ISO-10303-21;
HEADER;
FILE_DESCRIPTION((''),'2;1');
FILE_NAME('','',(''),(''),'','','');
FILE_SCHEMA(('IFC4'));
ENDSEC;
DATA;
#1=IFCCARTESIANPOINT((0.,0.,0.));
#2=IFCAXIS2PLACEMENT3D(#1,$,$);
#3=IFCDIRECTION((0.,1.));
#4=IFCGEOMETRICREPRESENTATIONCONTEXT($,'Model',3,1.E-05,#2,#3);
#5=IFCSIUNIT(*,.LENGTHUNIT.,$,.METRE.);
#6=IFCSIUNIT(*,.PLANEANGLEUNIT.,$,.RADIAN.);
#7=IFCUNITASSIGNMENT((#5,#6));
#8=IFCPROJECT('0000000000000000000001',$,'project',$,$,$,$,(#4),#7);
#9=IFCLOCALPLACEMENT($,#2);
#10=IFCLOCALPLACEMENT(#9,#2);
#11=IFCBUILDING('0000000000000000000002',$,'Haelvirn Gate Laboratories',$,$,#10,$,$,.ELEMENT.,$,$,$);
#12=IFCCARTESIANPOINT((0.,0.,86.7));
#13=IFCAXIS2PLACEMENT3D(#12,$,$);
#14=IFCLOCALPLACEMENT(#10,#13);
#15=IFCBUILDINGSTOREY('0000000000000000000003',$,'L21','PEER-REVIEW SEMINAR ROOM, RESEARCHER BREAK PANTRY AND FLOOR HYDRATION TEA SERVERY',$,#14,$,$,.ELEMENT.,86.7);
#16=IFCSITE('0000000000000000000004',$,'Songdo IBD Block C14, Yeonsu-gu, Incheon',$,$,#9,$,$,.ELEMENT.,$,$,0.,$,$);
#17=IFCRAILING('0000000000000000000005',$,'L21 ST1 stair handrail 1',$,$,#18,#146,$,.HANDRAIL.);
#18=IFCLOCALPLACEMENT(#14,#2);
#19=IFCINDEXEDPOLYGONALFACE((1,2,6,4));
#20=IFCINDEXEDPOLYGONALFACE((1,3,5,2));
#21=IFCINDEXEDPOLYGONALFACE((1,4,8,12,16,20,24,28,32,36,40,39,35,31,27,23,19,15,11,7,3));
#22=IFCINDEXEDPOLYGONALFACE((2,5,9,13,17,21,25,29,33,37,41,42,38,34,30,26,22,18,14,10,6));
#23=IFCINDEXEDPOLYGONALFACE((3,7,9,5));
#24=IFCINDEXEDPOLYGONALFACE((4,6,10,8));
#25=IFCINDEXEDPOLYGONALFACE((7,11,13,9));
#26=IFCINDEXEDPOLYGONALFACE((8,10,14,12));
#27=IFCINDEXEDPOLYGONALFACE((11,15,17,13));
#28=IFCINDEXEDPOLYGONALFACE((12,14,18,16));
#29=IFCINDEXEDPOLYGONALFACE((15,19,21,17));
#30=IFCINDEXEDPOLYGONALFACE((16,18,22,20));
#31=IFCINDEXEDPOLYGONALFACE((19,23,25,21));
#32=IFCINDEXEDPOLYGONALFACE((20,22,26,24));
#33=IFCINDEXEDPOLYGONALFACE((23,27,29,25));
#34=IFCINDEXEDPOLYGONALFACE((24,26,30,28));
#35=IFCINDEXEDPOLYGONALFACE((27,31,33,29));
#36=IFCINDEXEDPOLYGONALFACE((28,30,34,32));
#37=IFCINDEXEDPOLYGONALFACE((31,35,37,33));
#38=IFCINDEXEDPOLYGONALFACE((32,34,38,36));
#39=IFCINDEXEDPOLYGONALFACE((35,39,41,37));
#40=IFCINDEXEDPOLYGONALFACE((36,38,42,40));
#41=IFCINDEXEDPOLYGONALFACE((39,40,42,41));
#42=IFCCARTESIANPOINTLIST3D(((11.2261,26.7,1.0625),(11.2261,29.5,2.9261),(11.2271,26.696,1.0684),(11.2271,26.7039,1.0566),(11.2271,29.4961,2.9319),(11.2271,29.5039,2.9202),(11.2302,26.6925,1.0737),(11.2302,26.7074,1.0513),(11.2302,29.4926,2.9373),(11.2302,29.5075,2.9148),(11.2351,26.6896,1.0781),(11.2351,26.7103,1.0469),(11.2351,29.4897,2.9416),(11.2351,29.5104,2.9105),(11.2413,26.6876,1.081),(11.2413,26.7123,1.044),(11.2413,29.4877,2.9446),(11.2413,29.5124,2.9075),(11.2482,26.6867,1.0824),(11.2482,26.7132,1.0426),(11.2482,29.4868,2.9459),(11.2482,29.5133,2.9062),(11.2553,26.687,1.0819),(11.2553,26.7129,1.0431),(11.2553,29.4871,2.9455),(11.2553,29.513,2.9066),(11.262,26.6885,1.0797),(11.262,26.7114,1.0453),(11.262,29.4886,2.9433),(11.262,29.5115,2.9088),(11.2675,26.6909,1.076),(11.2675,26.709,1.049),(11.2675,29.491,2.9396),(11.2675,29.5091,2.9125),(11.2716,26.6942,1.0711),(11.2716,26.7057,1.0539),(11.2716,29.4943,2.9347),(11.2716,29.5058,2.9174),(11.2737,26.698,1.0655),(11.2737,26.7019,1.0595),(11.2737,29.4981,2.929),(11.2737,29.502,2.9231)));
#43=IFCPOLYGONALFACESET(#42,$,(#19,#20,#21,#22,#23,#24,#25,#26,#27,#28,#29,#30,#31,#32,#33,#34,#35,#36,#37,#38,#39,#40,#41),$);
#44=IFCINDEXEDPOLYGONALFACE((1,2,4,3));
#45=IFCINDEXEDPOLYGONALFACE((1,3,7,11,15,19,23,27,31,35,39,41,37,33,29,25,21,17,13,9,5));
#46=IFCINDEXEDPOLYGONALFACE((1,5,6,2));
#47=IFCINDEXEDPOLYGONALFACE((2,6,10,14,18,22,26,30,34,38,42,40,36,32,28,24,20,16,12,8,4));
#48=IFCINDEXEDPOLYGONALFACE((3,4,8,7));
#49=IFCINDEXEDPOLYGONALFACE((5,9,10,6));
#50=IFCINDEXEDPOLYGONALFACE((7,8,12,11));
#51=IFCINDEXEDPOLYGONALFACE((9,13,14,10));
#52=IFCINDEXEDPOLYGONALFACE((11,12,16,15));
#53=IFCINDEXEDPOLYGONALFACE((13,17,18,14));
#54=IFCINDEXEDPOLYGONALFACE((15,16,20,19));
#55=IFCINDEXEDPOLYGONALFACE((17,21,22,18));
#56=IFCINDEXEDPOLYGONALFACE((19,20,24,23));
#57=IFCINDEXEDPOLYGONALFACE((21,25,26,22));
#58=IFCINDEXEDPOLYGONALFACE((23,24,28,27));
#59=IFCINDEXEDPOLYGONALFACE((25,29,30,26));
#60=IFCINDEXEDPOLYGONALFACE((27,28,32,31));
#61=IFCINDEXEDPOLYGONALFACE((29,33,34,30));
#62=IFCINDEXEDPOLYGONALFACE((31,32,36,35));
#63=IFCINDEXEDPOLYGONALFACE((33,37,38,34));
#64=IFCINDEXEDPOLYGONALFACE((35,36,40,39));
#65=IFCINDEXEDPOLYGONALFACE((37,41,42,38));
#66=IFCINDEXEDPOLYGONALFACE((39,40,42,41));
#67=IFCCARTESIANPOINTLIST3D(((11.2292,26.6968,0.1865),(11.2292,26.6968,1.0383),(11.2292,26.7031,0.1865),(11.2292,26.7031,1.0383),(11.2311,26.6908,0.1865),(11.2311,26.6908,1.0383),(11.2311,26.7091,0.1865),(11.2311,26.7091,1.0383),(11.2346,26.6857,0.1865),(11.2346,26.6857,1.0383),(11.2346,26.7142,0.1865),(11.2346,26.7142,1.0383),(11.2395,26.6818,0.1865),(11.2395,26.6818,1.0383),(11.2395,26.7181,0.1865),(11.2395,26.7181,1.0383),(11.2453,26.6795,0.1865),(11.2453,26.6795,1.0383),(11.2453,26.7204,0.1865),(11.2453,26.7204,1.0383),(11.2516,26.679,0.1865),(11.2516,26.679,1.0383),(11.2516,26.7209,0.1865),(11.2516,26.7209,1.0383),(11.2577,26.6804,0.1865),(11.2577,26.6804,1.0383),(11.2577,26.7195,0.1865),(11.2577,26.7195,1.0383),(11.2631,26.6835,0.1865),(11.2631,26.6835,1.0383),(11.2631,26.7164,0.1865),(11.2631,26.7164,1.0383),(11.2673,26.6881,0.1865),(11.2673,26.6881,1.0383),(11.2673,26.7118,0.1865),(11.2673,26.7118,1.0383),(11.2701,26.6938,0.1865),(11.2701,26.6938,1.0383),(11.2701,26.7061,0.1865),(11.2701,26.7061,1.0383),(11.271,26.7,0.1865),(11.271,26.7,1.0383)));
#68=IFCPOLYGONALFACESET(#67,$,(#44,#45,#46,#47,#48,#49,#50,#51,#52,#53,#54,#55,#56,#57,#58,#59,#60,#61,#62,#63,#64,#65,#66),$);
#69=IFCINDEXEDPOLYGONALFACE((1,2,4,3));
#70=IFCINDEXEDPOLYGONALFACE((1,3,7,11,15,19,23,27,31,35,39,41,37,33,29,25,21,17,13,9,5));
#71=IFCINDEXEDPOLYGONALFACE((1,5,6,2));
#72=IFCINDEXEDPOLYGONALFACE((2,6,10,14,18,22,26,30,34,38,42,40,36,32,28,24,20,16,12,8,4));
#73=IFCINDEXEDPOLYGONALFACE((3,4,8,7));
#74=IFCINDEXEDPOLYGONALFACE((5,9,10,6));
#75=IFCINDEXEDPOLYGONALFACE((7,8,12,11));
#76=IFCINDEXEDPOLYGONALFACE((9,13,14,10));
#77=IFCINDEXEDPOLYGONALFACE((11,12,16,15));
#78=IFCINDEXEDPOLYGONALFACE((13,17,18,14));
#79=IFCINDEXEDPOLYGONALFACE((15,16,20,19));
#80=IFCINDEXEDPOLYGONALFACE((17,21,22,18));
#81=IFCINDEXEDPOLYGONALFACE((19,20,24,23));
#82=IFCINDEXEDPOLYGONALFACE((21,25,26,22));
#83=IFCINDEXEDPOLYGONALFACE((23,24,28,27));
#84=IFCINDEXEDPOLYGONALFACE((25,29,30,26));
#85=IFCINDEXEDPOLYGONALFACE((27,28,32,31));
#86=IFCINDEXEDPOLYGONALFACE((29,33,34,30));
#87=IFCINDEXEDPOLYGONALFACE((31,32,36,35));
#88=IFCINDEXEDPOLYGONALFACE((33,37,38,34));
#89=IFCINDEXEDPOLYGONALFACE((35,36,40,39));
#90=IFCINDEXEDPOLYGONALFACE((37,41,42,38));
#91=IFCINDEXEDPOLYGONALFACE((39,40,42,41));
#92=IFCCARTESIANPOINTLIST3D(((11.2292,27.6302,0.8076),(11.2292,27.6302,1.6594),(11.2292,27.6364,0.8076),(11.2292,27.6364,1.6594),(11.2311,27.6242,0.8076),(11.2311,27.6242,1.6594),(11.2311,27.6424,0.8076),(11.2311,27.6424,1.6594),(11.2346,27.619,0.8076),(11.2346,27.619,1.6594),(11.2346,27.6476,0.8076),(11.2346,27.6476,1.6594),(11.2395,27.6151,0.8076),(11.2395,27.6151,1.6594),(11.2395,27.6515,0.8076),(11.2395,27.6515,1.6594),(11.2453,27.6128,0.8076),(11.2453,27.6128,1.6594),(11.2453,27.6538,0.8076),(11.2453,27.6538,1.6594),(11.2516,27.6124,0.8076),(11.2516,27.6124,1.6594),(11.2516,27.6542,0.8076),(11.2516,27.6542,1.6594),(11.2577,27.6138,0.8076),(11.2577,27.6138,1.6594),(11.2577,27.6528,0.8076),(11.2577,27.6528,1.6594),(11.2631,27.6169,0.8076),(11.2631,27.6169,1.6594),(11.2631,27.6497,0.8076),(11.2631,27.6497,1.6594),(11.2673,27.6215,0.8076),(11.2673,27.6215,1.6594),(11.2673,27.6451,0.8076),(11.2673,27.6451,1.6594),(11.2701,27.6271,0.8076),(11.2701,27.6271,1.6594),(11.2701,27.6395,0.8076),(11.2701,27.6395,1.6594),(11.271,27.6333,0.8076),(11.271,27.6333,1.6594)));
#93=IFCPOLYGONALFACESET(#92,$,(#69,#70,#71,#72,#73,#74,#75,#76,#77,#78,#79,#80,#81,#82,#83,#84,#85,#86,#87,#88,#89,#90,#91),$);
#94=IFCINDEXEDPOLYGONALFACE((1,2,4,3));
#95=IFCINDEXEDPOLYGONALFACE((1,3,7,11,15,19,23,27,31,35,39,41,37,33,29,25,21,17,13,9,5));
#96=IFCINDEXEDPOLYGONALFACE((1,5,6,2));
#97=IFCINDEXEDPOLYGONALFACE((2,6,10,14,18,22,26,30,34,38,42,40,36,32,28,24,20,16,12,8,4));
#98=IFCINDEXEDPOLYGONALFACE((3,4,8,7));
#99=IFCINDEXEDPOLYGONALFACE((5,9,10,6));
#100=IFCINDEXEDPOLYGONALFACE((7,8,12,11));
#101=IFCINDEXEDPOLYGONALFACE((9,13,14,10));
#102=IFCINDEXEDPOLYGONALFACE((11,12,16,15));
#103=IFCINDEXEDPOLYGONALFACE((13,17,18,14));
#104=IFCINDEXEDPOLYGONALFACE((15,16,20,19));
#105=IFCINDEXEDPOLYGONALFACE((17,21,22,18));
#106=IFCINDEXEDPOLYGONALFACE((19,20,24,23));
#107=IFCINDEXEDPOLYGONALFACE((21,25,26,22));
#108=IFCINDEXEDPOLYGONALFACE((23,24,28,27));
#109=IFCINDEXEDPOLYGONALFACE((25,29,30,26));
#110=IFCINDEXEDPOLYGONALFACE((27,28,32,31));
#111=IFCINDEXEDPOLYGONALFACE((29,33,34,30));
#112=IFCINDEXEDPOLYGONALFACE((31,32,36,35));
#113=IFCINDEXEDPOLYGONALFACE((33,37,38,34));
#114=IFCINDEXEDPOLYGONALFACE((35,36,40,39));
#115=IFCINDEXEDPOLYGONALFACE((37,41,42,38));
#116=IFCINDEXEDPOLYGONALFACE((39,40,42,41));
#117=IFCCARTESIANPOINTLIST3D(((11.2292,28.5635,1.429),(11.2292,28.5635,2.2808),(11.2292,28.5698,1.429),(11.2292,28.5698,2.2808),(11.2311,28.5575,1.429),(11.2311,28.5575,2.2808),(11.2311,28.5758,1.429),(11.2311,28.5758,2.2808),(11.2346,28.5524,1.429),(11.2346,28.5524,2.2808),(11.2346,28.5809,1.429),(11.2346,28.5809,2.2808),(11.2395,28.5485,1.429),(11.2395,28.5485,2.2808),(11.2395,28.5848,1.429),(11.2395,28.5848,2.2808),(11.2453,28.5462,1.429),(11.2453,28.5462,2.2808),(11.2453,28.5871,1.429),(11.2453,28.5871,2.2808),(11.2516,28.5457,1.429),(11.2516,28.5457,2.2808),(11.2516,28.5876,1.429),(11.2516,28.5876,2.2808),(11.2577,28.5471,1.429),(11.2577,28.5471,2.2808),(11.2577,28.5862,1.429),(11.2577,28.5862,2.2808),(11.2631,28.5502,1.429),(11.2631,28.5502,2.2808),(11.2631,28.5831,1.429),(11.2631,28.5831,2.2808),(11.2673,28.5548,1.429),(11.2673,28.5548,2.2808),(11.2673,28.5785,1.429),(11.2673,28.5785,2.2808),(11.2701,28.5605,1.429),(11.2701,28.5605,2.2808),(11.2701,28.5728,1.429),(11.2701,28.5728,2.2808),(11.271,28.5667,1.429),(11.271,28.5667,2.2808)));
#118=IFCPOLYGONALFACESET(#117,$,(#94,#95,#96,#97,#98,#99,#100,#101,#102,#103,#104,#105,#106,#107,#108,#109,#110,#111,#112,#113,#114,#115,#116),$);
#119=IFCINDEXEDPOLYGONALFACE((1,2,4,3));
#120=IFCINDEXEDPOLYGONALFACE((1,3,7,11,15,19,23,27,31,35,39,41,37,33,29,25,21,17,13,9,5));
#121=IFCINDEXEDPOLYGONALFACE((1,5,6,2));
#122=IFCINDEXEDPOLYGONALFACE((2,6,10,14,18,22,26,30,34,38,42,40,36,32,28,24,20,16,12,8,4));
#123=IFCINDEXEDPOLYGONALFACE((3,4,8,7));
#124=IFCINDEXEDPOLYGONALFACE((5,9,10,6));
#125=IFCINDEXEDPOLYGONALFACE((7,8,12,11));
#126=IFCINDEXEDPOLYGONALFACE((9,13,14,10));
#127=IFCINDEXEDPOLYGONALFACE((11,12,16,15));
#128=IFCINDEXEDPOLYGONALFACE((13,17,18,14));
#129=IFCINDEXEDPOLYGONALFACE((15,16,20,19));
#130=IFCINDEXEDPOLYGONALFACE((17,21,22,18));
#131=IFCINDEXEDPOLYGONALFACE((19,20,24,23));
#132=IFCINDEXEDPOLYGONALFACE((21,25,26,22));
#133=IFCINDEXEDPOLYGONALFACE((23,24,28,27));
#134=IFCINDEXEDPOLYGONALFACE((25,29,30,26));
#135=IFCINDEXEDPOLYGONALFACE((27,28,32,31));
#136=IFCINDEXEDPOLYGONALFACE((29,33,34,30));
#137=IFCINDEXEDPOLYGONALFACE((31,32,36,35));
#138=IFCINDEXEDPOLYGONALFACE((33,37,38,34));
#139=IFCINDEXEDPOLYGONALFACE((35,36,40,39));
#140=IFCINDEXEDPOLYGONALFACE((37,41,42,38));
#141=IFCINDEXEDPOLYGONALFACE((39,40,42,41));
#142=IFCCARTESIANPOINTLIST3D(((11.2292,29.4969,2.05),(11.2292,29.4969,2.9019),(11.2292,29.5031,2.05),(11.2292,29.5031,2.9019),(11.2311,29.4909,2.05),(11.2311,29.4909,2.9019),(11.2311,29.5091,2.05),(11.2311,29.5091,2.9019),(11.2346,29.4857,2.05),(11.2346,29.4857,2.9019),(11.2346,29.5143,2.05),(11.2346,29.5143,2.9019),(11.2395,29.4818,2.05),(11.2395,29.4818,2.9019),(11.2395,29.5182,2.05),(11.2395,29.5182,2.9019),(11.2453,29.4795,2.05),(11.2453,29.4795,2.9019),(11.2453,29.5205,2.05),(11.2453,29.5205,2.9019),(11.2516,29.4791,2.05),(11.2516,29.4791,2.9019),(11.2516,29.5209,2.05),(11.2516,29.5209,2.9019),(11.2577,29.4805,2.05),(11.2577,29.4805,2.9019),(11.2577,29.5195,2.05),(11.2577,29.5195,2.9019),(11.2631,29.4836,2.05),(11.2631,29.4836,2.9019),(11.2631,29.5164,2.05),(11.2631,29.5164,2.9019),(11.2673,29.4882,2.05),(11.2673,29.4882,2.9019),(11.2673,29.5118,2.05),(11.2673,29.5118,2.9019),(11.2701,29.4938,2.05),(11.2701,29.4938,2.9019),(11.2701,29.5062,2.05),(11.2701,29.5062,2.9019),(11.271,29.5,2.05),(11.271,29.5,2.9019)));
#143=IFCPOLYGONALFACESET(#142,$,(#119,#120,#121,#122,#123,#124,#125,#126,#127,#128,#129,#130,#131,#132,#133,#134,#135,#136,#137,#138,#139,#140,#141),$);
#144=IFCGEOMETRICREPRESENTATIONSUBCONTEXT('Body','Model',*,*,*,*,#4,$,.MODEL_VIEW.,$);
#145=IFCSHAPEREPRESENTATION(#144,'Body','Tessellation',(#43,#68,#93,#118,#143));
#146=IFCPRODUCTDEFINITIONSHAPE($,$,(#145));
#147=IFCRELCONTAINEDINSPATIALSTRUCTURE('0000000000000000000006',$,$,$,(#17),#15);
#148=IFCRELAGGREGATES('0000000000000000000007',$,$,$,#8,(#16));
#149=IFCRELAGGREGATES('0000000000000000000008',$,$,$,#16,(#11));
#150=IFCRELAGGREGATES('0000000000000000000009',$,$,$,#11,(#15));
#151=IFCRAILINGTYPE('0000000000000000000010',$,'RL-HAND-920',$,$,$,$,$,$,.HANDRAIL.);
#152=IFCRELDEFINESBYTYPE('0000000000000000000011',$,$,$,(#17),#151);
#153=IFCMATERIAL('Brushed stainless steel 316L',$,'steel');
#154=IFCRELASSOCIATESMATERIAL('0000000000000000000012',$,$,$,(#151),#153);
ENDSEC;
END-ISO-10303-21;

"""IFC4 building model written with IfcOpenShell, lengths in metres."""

from ifc_helpers import new_model, si_unit, direction, frame, origin, origin_2d, place, context, subcontext, project, spatial, circle, extrude, source, transform, mapped, material, type_object, element, save


model = new_model("IFC4")

# Units and contexts
model_context = context("Model", 3, precision=1e-05, world=origin(), true_north=direction((0.0, 1.0)))
body_context = subcontext(model_context, "Body", "Model", "MODEL_VIEW")
ifc_project = project(units=[si_unit("LENGTHUNIT", "METRE"), si_unit("PLANEANGLEUNIT", "RADIAN")], contexts=[model_context])

# Site, building, storey
site_placement = place(None, origin())
site = spatial("IfcSite", under=ifc_project, at=site_placement, Name="Songdo IBD Block C14, Yeonsu-gu, Incheon", CompositionType="ELEMENT", RefElevation=0.0)
building_placement = place(site_placement, origin())
building = spatial("IfcBuilding", under=site, at=building_placement, Name="Haelvirn Gate Laboratories", CompositionType="ELEMENT")
storey_placement = place(building_placement, frame((0.0, 0.0, 86.7)))
storey = spatial("IfcBuildingStorey", under=building, at=storey_placement, Name="L21", Description="PEER-REVIEW SEMINAR ROOM, RESEARCHER BREAK PANTRY AND FLOOR HYDRATION TEA SERVERY", CompositionType="ELEMENT", Elevation=86.7)

# Railing
ifc_material_1 = material(Name="Brushed stainless steel 316L", Category="steel")
railing_type_1 = type_object("IfcRailingType", Name="RL-HAND-920", PredefinedType="HANDRAIL", material=ifc_material_1)
shared_shape_1 = source(origin(), body_context, "Body", "SweptSolid", [
    extrude(circle(Radius=0.0239, at=origin_2d()), frame((0.0, 0.0, 0.876), z_axis=(0.0, 0.832486, 0.554047), x_axis=(-1.0, 0.0, 0.0)), (0.0, 0.0, 1.0), 3.3635),
    extrude(circle(Radius=0.021, at=origin_2d()), origin(), (0.0, 0.0, 1.0), 0.8518),
    extrude(circle(Radius=0.021, at=origin_2d()), frame((0.0, 0.9333, 0.6211)), (0.0, 0.0, 1.0), 0.8518),
    extrude(circle(Radius=0.021, at=origin_2d()), frame((0.0, 1.8667, 1.2424)), (0.0, 0.0, 1.0), 0.8518),
    extrude(circle(Radius=0.021, at=origin_2d()), frame((0.0, 2.8, 1.8635)), (0.0, 0.0, 1.0), 0.8518),
])
railing_1_placement = place(storey_placement, frame((11.25, 26.7, 0.1865)))
element("IfcRailing", 1, at=railing_1_placement, inside=storey, type_object=railing_type_1, Name="L21 ST1 stair handrail 1", PredefinedType="HANDRAIL", context=body_context, shape_type="MappedRepresentation", body=[
    mapped(shared_shape_1, transform((0.0, 0.0, 0.0), scale=1.0)),
])

save(model, "model.ifc")
